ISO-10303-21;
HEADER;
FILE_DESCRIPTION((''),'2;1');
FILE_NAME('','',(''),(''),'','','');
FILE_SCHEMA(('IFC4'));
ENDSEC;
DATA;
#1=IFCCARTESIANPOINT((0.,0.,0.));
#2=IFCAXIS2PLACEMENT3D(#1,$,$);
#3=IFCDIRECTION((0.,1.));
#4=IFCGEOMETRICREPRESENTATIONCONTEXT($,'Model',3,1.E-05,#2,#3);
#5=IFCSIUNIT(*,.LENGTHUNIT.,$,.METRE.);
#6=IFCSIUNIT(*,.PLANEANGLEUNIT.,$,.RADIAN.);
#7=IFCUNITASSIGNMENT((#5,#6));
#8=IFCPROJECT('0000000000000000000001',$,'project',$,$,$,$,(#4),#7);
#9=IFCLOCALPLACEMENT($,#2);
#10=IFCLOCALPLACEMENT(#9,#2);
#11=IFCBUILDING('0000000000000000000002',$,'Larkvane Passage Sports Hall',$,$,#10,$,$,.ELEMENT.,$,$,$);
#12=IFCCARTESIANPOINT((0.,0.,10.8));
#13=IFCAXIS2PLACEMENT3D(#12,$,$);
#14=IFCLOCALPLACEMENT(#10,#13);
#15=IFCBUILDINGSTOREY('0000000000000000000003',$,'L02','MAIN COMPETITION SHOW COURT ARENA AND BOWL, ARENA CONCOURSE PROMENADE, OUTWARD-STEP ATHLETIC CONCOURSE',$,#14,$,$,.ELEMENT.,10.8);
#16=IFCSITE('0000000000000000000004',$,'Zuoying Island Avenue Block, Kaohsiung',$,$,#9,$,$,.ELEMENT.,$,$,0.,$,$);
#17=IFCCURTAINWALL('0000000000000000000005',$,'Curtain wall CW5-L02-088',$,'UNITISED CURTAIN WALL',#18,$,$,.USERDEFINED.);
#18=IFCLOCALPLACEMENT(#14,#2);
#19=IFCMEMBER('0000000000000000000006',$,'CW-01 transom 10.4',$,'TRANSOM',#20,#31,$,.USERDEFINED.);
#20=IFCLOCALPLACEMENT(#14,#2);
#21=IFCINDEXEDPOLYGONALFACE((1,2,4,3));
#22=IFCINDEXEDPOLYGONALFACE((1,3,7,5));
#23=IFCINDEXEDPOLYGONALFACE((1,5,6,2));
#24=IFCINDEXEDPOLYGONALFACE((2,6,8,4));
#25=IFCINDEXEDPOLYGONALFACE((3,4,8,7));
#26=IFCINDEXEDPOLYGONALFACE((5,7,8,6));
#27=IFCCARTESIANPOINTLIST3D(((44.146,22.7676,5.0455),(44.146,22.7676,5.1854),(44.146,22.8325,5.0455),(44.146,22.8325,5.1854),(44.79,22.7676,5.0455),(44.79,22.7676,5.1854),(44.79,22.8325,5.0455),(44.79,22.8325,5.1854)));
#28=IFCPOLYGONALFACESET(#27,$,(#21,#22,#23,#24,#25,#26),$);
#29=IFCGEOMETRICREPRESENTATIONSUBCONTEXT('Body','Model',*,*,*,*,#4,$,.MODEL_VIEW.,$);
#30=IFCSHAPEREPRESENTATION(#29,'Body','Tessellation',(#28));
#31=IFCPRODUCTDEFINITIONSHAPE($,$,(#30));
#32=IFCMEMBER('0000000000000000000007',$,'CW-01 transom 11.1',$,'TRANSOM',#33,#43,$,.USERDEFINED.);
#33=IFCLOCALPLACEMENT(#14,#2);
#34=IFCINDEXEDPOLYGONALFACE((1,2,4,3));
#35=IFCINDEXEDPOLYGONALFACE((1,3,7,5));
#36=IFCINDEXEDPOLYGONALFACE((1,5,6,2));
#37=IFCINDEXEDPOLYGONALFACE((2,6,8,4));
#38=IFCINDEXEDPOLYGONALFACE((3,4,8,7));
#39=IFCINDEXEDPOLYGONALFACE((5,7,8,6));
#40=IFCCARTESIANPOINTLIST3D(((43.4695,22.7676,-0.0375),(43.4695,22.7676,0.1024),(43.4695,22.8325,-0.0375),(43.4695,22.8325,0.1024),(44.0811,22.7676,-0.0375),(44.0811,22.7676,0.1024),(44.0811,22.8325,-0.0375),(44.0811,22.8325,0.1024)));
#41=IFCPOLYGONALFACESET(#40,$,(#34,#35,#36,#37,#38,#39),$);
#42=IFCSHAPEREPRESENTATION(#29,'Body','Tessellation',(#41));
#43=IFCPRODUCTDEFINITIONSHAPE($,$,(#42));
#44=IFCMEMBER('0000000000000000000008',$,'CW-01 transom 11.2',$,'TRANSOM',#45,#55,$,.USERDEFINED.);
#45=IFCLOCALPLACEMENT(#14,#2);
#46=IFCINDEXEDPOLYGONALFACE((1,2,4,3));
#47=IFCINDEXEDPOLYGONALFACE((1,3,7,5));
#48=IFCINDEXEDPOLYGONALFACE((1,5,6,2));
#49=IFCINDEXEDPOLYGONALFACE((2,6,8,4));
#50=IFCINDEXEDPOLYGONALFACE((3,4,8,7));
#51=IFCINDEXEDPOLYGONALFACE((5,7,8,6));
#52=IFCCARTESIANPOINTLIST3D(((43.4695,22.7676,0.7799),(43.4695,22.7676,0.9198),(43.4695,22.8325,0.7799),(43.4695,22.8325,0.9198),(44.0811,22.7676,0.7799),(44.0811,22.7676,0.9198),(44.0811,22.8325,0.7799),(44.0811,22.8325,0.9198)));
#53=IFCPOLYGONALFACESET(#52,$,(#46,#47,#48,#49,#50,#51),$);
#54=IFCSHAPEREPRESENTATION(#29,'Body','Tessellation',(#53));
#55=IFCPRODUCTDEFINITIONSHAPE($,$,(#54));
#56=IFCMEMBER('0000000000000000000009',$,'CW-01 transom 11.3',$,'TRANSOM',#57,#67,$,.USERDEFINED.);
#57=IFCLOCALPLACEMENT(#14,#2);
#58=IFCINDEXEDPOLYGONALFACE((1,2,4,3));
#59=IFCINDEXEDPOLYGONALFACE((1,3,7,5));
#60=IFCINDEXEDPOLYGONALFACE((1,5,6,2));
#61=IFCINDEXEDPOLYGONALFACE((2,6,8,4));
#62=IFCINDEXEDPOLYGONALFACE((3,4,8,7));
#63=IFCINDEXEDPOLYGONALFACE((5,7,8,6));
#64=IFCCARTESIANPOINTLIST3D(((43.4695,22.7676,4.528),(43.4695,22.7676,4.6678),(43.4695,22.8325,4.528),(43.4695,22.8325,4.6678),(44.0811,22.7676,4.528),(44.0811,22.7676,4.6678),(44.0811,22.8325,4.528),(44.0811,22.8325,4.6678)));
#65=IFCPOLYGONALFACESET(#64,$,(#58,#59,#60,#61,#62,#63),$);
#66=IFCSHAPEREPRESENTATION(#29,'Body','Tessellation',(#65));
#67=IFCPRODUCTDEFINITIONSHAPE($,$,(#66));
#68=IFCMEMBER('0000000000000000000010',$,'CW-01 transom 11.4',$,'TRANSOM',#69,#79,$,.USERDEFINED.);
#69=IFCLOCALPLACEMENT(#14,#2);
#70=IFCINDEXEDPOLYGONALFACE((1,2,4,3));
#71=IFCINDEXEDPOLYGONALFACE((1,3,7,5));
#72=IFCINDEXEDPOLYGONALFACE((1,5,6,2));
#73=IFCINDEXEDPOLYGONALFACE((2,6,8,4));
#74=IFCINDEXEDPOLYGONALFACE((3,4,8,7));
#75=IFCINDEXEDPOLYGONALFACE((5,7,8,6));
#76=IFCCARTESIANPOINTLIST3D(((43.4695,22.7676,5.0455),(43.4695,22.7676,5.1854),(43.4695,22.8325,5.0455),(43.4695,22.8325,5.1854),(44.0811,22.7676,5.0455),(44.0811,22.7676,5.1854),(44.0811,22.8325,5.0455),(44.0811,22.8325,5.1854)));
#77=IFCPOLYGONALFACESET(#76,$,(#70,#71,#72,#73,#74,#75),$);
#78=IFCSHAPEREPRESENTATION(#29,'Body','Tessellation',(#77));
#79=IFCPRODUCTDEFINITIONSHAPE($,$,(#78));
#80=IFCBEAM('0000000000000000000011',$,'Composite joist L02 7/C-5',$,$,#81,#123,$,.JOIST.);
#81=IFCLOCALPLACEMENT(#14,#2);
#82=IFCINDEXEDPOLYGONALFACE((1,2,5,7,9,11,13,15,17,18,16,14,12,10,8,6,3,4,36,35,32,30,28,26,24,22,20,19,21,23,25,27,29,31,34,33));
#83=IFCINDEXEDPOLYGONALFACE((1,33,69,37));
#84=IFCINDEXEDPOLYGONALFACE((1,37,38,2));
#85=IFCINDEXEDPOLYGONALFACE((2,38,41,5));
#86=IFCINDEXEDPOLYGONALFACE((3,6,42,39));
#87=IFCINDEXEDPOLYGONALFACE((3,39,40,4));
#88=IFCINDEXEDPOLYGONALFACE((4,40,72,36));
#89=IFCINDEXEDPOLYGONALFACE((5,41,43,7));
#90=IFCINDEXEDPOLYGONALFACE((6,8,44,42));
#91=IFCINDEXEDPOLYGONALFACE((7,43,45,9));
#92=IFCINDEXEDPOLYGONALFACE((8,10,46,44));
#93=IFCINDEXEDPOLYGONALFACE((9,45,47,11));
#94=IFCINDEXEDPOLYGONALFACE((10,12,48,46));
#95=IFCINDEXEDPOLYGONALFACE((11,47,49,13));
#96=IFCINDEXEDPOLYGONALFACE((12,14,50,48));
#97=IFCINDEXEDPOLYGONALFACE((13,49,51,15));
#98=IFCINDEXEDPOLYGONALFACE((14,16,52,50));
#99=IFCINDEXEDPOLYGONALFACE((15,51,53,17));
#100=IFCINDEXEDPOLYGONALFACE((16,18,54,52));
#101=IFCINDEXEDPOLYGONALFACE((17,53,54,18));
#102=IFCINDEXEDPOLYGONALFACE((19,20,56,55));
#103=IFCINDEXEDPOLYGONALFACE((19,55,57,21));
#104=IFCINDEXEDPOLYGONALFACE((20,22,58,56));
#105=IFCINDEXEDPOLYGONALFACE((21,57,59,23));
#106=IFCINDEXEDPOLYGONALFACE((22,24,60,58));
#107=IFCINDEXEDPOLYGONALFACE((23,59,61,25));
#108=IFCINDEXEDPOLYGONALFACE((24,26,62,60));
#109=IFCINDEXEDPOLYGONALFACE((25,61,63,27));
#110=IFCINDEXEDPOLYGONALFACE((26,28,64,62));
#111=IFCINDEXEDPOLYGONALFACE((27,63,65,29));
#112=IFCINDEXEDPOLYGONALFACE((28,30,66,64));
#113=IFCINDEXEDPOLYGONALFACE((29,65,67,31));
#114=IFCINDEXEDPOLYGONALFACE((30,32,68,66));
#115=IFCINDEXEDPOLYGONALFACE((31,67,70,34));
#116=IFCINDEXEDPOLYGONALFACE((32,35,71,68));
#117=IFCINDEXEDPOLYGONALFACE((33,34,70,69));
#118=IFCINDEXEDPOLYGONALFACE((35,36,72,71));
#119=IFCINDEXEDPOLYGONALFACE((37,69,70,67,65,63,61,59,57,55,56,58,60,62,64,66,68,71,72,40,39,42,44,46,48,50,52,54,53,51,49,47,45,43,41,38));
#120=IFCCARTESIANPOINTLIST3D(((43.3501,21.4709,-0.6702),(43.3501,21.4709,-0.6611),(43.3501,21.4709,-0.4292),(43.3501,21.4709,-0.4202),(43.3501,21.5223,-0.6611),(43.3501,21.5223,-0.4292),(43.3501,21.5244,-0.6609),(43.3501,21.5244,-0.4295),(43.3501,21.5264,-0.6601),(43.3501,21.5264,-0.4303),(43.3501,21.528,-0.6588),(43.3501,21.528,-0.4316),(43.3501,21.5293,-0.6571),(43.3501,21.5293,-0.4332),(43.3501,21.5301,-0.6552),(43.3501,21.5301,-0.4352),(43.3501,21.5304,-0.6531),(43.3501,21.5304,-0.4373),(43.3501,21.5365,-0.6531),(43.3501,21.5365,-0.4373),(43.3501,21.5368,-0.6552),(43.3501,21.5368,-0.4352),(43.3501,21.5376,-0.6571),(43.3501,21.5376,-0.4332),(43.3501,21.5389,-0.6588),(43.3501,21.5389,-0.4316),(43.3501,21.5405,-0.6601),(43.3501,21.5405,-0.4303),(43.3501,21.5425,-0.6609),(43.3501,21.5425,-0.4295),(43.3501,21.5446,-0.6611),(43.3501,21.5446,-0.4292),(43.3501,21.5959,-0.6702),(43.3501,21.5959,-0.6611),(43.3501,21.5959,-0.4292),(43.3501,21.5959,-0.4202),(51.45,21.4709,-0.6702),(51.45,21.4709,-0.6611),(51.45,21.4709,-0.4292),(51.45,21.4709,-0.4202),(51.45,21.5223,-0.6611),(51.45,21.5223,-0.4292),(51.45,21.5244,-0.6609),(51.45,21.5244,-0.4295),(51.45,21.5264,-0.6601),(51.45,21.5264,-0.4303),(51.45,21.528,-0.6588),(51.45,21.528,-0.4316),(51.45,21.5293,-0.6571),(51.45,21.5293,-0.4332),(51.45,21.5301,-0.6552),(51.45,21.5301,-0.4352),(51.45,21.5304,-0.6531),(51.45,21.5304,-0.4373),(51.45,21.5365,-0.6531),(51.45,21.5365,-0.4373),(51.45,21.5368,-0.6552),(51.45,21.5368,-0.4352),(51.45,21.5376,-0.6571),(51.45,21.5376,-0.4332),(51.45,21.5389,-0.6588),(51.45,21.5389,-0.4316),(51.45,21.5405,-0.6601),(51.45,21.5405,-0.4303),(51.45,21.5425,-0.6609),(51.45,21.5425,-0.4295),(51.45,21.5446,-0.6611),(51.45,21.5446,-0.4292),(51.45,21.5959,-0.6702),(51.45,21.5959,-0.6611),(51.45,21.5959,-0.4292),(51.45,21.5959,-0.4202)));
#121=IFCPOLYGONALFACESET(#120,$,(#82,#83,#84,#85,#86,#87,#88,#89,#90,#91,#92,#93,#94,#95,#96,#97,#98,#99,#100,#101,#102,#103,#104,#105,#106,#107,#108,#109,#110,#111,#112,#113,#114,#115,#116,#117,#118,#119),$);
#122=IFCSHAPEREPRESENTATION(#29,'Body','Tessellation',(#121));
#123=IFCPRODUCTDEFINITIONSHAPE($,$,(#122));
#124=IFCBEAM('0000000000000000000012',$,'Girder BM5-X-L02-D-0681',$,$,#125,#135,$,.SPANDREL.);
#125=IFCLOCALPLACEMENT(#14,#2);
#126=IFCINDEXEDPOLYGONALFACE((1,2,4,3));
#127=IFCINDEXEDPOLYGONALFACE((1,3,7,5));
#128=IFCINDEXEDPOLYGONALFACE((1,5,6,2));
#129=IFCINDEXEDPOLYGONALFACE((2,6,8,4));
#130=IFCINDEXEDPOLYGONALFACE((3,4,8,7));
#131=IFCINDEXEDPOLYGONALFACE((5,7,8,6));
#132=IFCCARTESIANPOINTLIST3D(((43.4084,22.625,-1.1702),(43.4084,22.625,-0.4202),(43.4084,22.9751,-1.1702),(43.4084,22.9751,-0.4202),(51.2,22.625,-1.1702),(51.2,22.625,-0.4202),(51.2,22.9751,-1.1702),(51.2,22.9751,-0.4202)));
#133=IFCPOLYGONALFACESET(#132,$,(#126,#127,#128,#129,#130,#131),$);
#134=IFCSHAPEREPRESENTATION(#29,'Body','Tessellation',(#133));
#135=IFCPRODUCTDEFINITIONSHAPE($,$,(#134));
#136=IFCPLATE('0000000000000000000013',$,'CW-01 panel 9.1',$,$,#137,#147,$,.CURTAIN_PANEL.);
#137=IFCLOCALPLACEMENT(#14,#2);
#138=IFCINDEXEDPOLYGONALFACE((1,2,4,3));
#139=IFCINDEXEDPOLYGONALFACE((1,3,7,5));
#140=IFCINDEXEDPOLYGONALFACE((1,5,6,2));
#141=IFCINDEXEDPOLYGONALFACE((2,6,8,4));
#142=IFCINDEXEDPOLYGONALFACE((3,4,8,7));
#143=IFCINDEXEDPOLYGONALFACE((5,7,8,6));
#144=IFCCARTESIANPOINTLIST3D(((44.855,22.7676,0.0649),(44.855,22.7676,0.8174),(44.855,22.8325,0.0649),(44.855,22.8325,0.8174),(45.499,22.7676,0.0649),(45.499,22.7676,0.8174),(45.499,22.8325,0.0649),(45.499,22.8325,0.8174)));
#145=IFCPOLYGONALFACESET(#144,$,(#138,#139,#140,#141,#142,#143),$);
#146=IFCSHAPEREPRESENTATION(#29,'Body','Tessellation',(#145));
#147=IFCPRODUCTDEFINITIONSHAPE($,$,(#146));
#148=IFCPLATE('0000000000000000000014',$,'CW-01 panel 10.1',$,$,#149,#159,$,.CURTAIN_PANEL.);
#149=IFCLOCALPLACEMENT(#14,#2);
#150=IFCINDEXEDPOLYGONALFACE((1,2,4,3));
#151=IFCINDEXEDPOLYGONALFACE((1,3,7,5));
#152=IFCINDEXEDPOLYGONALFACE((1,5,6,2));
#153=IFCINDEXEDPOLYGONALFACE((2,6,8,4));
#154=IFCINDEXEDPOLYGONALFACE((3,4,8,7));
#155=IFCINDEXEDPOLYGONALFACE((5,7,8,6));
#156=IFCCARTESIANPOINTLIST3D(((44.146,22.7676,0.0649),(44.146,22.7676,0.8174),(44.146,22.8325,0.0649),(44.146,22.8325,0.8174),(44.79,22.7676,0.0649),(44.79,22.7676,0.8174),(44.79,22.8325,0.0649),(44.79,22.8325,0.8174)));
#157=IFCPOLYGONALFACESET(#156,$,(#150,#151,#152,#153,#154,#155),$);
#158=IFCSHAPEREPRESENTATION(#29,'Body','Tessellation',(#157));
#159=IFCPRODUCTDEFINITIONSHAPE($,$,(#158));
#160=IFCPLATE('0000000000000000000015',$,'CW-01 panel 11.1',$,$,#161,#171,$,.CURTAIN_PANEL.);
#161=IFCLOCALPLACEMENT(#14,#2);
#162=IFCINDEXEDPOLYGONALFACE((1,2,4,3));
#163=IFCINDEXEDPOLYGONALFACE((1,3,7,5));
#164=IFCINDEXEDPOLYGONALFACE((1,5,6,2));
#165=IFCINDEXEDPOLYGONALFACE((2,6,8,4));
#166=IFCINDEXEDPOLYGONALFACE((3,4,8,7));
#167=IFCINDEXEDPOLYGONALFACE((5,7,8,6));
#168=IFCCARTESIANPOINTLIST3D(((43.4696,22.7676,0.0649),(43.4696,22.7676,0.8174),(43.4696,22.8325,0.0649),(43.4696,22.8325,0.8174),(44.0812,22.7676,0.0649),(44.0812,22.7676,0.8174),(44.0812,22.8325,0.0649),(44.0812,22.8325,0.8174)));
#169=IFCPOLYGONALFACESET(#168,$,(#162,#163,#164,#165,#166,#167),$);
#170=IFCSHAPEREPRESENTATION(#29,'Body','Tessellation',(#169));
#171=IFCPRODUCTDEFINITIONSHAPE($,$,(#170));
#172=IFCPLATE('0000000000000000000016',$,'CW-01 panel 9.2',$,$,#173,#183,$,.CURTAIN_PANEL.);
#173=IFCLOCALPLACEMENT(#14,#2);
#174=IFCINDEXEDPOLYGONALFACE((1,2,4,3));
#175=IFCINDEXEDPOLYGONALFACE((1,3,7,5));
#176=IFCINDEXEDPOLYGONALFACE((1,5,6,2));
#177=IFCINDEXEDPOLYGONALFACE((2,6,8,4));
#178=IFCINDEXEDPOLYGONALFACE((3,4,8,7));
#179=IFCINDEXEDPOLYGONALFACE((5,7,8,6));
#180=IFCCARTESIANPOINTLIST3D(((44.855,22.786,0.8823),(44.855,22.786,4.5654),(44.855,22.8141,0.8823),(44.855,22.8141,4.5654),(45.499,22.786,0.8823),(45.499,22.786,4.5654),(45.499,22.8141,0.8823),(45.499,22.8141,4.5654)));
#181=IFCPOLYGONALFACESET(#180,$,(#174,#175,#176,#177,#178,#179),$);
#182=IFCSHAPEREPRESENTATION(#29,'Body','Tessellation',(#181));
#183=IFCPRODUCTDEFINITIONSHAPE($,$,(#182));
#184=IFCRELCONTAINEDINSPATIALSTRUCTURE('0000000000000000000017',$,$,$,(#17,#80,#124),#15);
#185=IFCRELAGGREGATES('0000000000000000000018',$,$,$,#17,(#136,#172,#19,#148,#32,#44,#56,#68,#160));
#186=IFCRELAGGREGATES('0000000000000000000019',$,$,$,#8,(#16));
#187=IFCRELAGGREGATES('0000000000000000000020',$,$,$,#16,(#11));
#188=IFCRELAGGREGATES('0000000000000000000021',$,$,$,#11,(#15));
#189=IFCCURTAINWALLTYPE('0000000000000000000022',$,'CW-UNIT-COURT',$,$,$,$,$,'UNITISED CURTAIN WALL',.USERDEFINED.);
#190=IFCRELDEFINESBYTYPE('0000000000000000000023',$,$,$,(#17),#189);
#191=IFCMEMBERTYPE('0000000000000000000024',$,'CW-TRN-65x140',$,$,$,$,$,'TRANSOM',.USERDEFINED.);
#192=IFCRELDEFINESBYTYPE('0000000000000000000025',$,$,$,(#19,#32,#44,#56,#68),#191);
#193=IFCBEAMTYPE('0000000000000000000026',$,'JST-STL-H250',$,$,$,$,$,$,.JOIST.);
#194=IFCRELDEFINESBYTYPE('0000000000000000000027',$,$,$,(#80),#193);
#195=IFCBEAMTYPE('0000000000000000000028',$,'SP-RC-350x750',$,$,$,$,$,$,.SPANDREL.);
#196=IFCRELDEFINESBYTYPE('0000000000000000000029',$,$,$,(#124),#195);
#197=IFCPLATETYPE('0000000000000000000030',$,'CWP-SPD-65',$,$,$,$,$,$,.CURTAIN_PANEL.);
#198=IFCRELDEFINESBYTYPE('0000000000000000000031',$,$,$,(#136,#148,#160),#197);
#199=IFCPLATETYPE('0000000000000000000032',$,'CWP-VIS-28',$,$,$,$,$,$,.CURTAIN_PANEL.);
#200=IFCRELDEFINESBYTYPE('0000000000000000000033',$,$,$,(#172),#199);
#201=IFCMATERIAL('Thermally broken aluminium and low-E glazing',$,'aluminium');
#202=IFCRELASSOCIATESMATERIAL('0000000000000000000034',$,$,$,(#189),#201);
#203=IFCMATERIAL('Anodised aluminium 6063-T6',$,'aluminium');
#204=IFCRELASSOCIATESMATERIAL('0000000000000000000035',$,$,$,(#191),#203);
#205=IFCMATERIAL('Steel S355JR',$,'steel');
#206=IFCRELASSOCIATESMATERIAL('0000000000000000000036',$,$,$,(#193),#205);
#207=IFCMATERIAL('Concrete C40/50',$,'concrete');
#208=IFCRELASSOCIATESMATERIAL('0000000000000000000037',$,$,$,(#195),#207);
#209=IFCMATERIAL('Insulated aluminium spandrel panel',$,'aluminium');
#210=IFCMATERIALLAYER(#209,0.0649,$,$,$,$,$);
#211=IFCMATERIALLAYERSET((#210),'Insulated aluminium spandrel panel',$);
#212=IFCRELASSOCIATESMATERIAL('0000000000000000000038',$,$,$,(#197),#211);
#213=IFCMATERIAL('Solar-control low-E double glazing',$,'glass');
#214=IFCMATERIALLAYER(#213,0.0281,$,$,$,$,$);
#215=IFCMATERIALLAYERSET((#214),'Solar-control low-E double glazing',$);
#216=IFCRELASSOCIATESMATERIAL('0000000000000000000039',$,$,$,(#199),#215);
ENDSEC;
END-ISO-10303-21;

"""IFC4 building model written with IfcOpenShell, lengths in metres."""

from ifc_helpers import new_model, si_unit, direction, frame, origin, origin_2d, place, context, subcontext, project, spatial, rectangle, i_section, extrude, material, layer, layer_set, material_profile, profile_set, type_object, element, aggregate, save


model = new_model("IFC4")

# Units and contexts
model_context = context("Model", 3, precision=1e-05, world=origin(), true_north=direction((0.0, 1.0)))
body_context = subcontext(model_context, "Body", "Model", "MODEL_VIEW")
ifc_project = project(units=[si_unit("LENGTHUNIT", "METRE"), si_unit("PLANEANGLEUNIT", "RADIAN")], contexts=[model_context])

# Site, building, storey
site_placement = place(None, origin())
site = spatial("IfcSite", under=ifc_project, at=site_placement, Name="Zuoying Island Avenue Block, Kaohsiung", CompositionType="ELEMENT", RefElevation=0.0)
building_placement = place(site_placement, origin())
building = spatial("IfcBuilding", under=site, at=building_placement, Name="Larkvane Passage Sports Hall", CompositionType="ELEMENT")
storey_placement = place(building_placement, frame((0.0, 0.0, 10.8)))
storey = spatial("IfcBuildingStorey", under=building, at=storey_placement, Name="L02", Description="MAIN COMPETITION SHOW COURT ARENA AND BOWL, ARENA CONCOURSE PROMENADE, OUTWARD-STEP ATHLETIC CONCOURSE", CompositionType="ELEMENT", Elevation=10.8)

# Curtain wall, members
ifc_material_1 = material(Name="Thermally broken aluminium and low-E glazing", Category="aluminium")
curtain_wall_type = type_object("IfcCurtainWallType", Name="CW-UNIT-COURT", ElementType="UNITISED CURTAIN WALL", PredefinedType="USERDEFINED", material=ifc_material_1)
curtain_wall_placement = place(storey_placement, origin())
curtain_wall = element("IfcCurtainWall", 1, at=curtain_wall_placement, inside=storey, type_object=curtain_wall_type, Name="Curtain wall CW5-L02-088", ObjectType="UNITISED CURTAIN WALL", PredefinedType="USERDEFINED")
ifc_material_2 = material(Name="Anodised aluminium 6063-T6", Category="aluminium")
ifc_material_profile_1 = material_profile(ifc_material_2, rectangle(XDim=0.0649, YDim=0.1399, at=origin_2d()), Name="ALU-TRN-65x140")
ifc_profile_set_1 = profile_set([ifc_material_profile_1], Name="Anodised aluminium 6063-T6")
member_type_1 = type_object("IfcMemberType", Name="CW-TRN-65x140", ElementType="TRANSOM", PredefinedType="USERDEFINED", material=ifc_profile_set_1)
member_1_placement = place(storey_placement, frame((44.79, 22.8, 5.1155), z_axis=(-1.0, 0.0, 0.0), x_axis=(0.0, -1.0, 0.0)))
member_1 = element("IfcMember", 2, at=member_1_placement, type_object=member_type_1, Name="CW-01 transom 10.4", ObjectType="TRANSOM", PredefinedType="USERDEFINED", context=body_context, shape_type="SweptSolid", body=[
    extrude(rectangle(XDim=0.0649, YDim=0.1399, at=origin_2d()), origin(), (0.0, 0.0, 1.0), 0.644),
])
member_2_placement = place(storey_placement, frame((44.0811, 22.8, 0.0325), z_axis=(-1.0, 0.0, 0.0), x_axis=(0.0, -1.0, 0.0)))
member_2 = element("IfcMember", 3, at=member_2_placement, type_object=member_type_1, Name="CW-01 transom 11.1", ObjectType="TRANSOM", PredefinedType="USERDEFINED", context=body_context, shape_type="SweptSolid", body=[
    extrude(rectangle(XDim=0.0649, YDim=0.1399, at=origin_2d()), origin(), (0.0, 0.0, 1.0), 0.6116),
])
member_3_placement = place(storey_placement, frame((44.0811, 22.8, 0.8499), z_axis=(-1.0, 0.0, 0.0), x_axis=(0.0, -1.0, 0.0)))
member_3 = element("IfcMember", 4, at=member_3_placement, type_object=member_type_1, Name="CW-01 transom 11.2", ObjectType="TRANSOM", PredefinedType="USERDEFINED", context=body_context, shape_type="SweptSolid", body=[
    extrude(rectangle(XDim=0.0649, YDim=0.1399, at=origin_2d()), origin(), (0.0, 0.0, 1.0), 0.6116),
])
member_4_placement = place(storey_placement, frame((44.0811, 22.8, 4.5979), z_axis=(-1.0, 0.0, 0.0), x_axis=(0.0, -1.0, 0.0)))
member_4 = element("IfcMember", 5, at=member_4_placement, type_object=member_type_1, Name="CW-01 transom 11.3", ObjectType="TRANSOM", PredefinedType="USERDEFINED", context=body_context, shape_type="SweptSolid", body=[
    extrude(rectangle(XDim=0.0649, YDim=0.1399, at=origin_2d()), origin(), (0.0, 0.0, 1.0), 0.6116),
])
member_5_placement = place(storey_placement, frame((44.0811, 22.8, 5.1155), z_axis=(-1.0, 0.0, 0.0), x_axis=(0.0, -1.0, 0.0)))
member_5 = element("IfcMember", 6, at=member_5_placement, type_object=member_type_1, Name="CW-01 transom 11.4", ObjectType="TRANSOM", PredefinedType="USERDEFINED", context=body_context, shape_type="SweptSolid", body=[
    extrude(rectangle(XDim=0.0649, YDim=0.1399, at=origin_2d()), origin(), (0.0, 0.0, 1.0), 0.6116),
])

# Beams
ifc_material_3 = material(Name="Steel S355JR", Category="steel")
ifc_material_profile_2 = material_profile(ifc_material_3, i_section(OverallWidth=0.125, OverallDepth=0.25, WebThickness=0.0061, FlangeThickness=0.009, FilletRadius=0.0081, at=origin_2d()), Name="H-250x125x6x9")
ifc_profile_set_2 = profile_set([ifc_material_profile_2], Name="Steel S355JR")
beam_type_1 = type_object("IfcBeamType", Name="JST-STL-H250", PredefinedType="JOIST", material=ifc_profile_set_2)
beam_1_placement = place(storey_placement, frame((43.3501, 21.5334, -0.5452), z_axis=(1.0, 0.0, 0.0), x_axis=(0.0, 1.0, 0.0)))
element("IfcBeam", 7, at=beam_1_placement, inside=storey, type_object=beam_type_1, Name="Composite joist L02 7/C-5", PredefinedType="JOIST", context=body_context, shape_type="SweptSolid", body=[
    extrude(i_section(OverallWidth=0.125, OverallDepth=0.25, WebThickness=0.0061, FlangeThickness=0.009, FilletRadius=0.0081, at=origin_2d()), origin(), (0.0, 0.0, 1.0), 8.0999),
])
ifc_material_4 = material(Name="Concrete C40/50", Category="concrete")
ifc_material_profile_3 = material_profile(ifc_material_4, rectangle(XDim=0.3501, YDim=0.75, at=origin_2d()), Name="RC-SP-350x750")
ifc_profile_set_3 = profile_set([ifc_material_profile_3], Name="Concrete C40/50")
beam_type_2 = type_object("IfcBeamType", Name="SP-RC-350x750", PredefinedType="SPANDREL", material=ifc_profile_set_3)
beam_2_placement = place(storey_placement, frame((43.4084, 22.8, -0.7952), z_axis=(1.0, 0.0, 0.0), x_axis=(0.0, 1.0, 0.0)))
element("IfcBeam", 8, at=beam_2_placement, inside=storey, type_object=beam_type_2, Name="Girder BM5-X-L02-D-0681", PredefinedType="SPANDREL", context=body_context, shape_type="SweptSolid", body=[
    extrude(rectangle(XDim=0.3501, YDim=0.75, at=origin_2d()), origin(), (0.0, 0.0, 1.0), 7.7915),
])

# Plates
ifc_material_5 = material(Name="Insulated aluminium spandrel panel", Category="aluminium")
ifc_layer_1 = layer(ifc_material_5, 0.0649)
ifc_layer_set_1 = layer_set([ifc_layer_1], Name="Insulated aluminium spandrel panel")
plate_type_1 = type_object("IfcPlateType", Name="CWP-SPD-65", PredefinedType="CURTAIN_PANEL", material=ifc_layer_set_1)
plate_1_placement = place(storey_placement, frame((45.177, 22.8, 0.0649), z_axis=(0.0, 0.0, 1.0), x_axis=(-1.0, 0.0, 0.0)))
plate_1 = element("IfcPlate", 9, at=plate_1_placement, type_object=plate_type_1, Name="CW-01 panel 9.1", PredefinedType="CURTAIN_PANEL", context=body_context, shape_type="SweptSolid", body=[
    extrude(rectangle(XDim=0.644, YDim=0.0649, at=origin_2d()), origin(), (0.0, 0.0, 1.0), 0.7524),
])
plate_2_placement = place(storey_placement, frame((44.468, 22.8, 0.0649), z_axis=(0.0, 0.0, 1.0), x_axis=(-1.0, 0.0, 0.0)))
plate_2 = element("IfcPlate", 10, at=plate_2_placement, type_object=plate_type_1, Name="CW-01 panel 10.1", PredefinedType="CURTAIN_PANEL", context=body_context, shape_type="SweptSolid", body=[
    extrude(rectangle(XDim=0.644, YDim=0.0649, at=origin_2d()), origin(), (0.0, 0.0, 1.0), 0.7524),
])
plate_3_placement = place(storey_placement, frame((43.7754, 22.8, 0.0649), z_axis=(0.0, 0.0, 1.0), x_axis=(-1.0, 0.0, 0.0)))
plate_3 = element("IfcPlate", 11, at=plate_3_placement, type_object=plate_type_1, Name="CW-01 panel 11.1", PredefinedType="CURTAIN_PANEL", context=body_context, shape_type="SweptSolid", body=[
    extrude(rectangle(XDim=0.6116, YDim=0.0649, at=origin_2d()), origin(), (0.0, 0.0, 1.0), 0.7524),
])
ifc_material_6 = material(Name="Solar-control low-E double glazing", Category="glass")
ifc_layer_2 = layer(ifc_material_6, 0.0281)
ifc_layer_set_2 = layer_set([ifc_layer_2], Name="Solar-control low-E double glazing")
plate_type_2 = type_object("IfcPlateType", Name="CWP-VIS-28", PredefinedType="CURTAIN_PANEL", material=ifc_layer_set_2)
plate_4_placement = place(storey_placement, frame((45.177, 22.8, 0.8823), z_axis=(0.0, 0.0, 1.0), x_axis=(-1.0, 0.0, 0.0)))
plate_4 = element("IfcPlate", 12, at=plate_4_placement, type_object=plate_type_2, Name="CW-01 panel 9.2", PredefinedType="CURTAIN_PANEL", context=body_context, shape_type="SweptSolid", body=[
    extrude(rectangle(XDim=0.644, YDim=0.0281, at=origin_2d()), origin(), (0.0, 0.0, 1.0), 3.6831),
])
aggregate(curtain_wall, [plate_1, plate_4, member_1, plate_2, member_2, member_3, member_4, member_5, plate_3])

save(model, "model.ifc")
